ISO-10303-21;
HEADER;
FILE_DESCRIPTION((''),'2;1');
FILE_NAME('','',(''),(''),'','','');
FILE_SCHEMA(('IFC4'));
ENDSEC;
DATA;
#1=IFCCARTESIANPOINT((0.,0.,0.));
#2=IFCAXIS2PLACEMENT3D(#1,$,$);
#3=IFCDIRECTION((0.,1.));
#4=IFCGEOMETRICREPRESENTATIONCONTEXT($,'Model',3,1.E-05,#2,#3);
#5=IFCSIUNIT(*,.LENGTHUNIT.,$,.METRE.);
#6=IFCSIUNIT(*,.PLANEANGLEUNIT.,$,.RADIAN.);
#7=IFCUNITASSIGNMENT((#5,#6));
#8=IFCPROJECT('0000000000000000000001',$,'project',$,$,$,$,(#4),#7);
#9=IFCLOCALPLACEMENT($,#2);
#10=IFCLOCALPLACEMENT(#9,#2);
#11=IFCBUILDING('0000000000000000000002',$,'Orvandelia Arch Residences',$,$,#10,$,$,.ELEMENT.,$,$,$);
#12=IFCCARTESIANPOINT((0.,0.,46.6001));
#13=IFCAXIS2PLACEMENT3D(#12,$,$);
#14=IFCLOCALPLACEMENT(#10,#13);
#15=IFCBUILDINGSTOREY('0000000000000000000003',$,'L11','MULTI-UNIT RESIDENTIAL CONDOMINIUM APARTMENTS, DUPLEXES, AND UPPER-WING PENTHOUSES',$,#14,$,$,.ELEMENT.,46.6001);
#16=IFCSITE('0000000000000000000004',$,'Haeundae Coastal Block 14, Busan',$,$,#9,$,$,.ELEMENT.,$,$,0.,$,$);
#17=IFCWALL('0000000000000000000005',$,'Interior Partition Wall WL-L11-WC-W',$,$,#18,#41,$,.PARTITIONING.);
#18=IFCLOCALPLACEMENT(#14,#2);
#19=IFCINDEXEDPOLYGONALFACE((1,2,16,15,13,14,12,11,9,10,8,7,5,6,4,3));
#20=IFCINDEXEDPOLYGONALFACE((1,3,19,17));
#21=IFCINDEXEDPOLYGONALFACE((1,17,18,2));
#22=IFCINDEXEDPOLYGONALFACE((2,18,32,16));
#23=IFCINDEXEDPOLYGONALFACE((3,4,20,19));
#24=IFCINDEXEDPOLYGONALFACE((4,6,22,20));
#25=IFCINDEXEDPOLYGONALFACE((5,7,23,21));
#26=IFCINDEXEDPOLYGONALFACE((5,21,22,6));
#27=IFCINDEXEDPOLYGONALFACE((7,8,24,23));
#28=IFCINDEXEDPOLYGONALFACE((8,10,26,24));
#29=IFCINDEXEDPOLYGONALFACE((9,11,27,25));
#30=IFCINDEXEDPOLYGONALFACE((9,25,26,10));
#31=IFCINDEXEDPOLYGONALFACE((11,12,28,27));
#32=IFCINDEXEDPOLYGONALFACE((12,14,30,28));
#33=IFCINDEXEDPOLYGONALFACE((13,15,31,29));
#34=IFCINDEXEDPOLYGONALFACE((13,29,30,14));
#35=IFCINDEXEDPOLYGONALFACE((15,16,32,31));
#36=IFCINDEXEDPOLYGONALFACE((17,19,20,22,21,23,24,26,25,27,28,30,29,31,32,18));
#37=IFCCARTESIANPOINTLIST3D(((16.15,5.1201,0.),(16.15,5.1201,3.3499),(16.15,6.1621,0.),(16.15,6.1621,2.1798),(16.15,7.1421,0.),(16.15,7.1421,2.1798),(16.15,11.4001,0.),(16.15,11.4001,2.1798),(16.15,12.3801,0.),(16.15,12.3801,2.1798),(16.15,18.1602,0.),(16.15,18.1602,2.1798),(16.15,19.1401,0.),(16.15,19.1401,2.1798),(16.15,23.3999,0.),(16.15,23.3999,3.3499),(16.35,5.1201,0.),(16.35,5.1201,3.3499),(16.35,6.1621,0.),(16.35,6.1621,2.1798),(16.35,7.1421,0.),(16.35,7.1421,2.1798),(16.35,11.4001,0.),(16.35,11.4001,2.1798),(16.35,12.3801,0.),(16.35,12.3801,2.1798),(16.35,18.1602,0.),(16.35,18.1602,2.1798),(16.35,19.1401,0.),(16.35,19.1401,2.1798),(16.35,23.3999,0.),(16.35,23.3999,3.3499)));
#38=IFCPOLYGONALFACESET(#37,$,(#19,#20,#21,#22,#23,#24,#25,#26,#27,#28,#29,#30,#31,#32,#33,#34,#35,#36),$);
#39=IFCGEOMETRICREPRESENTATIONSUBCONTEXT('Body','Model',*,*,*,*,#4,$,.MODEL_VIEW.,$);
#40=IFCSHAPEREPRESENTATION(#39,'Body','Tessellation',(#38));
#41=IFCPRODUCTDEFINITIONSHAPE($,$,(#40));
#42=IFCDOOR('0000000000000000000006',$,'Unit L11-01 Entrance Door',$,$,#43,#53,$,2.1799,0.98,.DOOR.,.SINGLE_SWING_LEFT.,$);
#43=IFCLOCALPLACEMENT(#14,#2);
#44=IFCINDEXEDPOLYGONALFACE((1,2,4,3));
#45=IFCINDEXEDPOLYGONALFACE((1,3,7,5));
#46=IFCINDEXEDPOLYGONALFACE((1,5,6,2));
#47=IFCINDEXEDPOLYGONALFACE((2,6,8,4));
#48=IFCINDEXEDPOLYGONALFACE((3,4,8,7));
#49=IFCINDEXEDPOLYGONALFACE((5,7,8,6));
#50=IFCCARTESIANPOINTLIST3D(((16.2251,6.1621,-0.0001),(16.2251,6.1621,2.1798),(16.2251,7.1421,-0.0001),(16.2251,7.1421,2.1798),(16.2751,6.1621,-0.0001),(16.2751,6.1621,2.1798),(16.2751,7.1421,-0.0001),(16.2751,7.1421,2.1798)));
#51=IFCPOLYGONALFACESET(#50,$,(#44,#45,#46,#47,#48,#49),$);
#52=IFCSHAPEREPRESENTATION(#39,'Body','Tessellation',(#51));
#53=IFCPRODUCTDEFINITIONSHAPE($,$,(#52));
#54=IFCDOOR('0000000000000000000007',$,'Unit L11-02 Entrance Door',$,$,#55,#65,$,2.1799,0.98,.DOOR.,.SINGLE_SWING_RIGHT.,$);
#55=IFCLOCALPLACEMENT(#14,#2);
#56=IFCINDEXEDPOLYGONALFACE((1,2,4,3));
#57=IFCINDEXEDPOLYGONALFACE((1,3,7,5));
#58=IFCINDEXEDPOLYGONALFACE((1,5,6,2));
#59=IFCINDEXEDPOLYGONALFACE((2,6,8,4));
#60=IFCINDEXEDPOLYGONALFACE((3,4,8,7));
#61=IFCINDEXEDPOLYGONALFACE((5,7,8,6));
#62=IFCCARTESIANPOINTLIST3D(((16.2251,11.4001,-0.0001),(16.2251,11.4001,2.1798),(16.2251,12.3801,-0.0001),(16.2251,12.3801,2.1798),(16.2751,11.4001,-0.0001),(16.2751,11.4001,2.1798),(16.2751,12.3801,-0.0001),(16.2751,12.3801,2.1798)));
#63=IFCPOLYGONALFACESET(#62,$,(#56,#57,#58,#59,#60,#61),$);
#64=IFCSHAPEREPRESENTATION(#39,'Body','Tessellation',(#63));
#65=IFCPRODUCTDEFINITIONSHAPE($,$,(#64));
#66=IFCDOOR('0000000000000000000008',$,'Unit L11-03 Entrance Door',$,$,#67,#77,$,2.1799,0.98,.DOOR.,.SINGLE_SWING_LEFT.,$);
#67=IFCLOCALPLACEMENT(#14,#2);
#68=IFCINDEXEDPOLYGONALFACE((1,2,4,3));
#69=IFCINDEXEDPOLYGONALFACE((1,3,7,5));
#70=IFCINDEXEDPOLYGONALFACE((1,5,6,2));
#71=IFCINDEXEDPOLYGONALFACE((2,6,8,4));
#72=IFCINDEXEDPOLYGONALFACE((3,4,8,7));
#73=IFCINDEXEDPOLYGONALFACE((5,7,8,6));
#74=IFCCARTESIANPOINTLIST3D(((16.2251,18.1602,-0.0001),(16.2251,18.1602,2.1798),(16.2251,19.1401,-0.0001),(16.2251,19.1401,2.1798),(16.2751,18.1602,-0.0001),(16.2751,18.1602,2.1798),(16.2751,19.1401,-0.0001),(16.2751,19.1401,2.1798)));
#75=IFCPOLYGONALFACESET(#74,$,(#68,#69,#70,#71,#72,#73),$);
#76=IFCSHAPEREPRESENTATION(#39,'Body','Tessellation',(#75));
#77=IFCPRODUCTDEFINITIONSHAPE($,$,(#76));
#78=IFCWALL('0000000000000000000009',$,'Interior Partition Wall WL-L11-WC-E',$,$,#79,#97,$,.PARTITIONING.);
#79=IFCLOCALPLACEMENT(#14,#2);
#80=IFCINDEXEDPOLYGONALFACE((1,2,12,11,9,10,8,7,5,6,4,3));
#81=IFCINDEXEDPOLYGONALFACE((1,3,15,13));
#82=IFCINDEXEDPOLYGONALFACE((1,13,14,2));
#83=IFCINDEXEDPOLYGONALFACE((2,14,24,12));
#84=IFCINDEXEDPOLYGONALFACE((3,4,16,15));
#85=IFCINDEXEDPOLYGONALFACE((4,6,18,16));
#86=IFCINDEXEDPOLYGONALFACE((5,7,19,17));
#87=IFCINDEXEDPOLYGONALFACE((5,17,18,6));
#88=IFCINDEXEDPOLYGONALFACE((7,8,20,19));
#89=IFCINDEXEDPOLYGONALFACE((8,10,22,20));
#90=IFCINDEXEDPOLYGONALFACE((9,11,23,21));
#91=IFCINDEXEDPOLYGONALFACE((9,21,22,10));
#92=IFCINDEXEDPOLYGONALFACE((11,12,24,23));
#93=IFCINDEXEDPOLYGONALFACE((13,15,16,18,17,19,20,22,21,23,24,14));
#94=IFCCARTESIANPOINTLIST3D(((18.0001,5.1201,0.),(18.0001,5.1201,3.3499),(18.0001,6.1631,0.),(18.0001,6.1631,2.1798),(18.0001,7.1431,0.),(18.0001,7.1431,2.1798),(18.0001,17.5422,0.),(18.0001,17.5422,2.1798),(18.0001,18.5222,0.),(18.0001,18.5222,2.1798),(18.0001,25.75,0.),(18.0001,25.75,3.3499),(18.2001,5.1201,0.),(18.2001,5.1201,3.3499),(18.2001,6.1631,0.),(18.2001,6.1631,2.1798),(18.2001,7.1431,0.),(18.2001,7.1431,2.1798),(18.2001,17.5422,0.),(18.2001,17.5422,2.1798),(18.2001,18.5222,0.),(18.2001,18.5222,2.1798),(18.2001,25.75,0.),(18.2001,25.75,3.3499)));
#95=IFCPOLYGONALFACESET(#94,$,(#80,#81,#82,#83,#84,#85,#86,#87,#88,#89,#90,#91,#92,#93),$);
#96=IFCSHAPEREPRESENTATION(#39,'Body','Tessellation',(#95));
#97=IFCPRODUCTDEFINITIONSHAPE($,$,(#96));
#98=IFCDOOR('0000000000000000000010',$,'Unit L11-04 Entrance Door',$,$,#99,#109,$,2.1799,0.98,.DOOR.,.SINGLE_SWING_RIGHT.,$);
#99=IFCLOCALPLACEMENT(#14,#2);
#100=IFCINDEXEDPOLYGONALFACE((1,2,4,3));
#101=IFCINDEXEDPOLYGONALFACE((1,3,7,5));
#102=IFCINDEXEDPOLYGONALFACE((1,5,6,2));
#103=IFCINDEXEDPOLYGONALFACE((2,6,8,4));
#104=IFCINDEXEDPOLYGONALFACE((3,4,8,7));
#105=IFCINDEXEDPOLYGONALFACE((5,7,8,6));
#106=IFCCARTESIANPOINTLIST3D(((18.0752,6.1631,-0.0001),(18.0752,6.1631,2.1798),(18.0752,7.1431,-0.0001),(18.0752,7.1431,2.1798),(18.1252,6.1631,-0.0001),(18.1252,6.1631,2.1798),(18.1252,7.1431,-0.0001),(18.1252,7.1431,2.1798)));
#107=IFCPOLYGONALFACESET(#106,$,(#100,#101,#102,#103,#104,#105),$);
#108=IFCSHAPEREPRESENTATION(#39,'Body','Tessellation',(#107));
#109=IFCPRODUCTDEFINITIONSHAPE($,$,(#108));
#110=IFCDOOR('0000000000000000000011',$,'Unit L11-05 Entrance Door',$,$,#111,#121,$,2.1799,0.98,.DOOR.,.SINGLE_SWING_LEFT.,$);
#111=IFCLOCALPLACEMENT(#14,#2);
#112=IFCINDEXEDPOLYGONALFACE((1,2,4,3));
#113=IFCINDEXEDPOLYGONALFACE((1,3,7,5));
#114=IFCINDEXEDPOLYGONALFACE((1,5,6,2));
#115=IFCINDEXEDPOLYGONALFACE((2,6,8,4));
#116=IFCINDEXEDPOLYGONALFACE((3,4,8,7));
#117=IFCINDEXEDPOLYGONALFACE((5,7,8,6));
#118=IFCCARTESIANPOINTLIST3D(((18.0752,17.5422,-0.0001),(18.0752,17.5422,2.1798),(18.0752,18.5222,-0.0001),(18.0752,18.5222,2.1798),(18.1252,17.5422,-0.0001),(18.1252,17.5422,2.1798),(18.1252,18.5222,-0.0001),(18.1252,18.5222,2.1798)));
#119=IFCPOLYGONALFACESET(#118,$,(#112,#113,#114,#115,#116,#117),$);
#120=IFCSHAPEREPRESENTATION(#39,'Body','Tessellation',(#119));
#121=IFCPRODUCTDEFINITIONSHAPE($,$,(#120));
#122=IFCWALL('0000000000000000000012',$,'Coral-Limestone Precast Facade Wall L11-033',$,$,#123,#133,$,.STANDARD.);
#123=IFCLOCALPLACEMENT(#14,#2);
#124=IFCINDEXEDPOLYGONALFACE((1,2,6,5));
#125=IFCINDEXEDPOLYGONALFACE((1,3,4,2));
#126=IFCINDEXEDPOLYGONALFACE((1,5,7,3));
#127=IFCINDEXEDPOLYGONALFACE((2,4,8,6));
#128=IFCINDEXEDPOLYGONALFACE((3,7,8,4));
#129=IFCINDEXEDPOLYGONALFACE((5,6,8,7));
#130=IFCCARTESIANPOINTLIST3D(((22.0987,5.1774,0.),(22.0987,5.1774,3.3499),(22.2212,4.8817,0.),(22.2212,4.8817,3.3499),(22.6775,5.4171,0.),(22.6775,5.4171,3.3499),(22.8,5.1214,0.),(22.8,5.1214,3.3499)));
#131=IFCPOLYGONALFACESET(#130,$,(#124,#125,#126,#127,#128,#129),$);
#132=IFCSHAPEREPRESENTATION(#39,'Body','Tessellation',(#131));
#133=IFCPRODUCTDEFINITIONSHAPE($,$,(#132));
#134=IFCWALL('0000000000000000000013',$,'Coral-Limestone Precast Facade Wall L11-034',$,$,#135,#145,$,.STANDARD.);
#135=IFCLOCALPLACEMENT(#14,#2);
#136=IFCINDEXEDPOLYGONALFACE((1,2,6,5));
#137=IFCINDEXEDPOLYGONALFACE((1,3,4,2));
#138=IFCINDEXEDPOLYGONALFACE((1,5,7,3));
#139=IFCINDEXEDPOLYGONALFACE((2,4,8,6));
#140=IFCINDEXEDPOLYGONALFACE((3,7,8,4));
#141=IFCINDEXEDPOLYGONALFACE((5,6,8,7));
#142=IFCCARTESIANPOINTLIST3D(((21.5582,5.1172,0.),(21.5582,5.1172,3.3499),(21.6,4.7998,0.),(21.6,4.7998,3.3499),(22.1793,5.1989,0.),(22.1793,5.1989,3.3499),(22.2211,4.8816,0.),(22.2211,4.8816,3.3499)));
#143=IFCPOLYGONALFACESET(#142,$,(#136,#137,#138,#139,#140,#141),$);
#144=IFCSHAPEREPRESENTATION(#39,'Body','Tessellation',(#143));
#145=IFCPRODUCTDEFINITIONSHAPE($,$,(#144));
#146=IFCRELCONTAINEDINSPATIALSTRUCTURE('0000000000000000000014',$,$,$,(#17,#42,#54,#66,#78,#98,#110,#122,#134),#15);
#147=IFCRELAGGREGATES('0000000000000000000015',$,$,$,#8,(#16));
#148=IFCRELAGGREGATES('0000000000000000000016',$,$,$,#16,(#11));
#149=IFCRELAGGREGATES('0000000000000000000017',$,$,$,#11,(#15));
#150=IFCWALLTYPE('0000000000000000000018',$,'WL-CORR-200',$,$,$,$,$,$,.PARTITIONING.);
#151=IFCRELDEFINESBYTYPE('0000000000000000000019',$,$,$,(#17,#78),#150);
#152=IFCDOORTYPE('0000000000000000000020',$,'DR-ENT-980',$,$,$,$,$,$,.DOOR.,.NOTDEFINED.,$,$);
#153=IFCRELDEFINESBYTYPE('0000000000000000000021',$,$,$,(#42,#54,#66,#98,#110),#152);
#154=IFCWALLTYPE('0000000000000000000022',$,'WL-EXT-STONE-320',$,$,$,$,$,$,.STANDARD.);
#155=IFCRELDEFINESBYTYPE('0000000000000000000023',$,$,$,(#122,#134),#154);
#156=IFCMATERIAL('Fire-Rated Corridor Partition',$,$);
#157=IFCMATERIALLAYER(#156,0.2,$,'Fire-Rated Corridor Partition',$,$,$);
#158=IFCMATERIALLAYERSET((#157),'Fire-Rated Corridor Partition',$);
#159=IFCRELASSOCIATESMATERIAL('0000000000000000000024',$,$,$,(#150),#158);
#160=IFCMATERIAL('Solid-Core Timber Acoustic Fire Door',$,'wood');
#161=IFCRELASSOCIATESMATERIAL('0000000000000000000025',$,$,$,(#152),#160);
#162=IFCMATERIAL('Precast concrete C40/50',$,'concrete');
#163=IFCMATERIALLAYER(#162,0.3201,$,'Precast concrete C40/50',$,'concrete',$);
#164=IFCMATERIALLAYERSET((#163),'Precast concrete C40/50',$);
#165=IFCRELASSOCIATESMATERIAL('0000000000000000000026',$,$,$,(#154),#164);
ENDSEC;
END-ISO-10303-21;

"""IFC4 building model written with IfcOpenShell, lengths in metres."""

from ifc_helpers import new_model, si_unit, direction, frame, frame_2d, origin, place, context, subcontext, project, spatial, rectangle, extrude, material, layer, layer_set, type_object, element, fill, save


model = new_model("IFC4")

# Units and contexts
model_context = context("Model", 3, precision=1e-05, world=origin(), true_north=direction((0.0, 1.0)))
body_context = subcontext(model_context, "Body", "Model", "MODEL_VIEW")
ifc_project = project(units=[si_unit("LENGTHUNIT", "METRE"), si_unit("PLANEANGLEUNIT", "RADIAN")], contexts=[model_context])

# Site, building, storey
site_placement = place(None, origin())
site = spatial("IfcSite", under=ifc_project, at=site_placement, Name="Haeundae Coastal Block 14, Busan", CompositionType="ELEMENT", RefElevation=0.0)
building_placement = place(site_placement, origin())
building = spatial("IfcBuilding", under=site, at=building_placement, Name="Orvandelia Arch Residences", CompositionType="ELEMENT")
storey_placement = place(building_placement, frame((0.0, 0.0, 46.6001)))
storey = spatial("IfcBuildingStorey", under=building, at=storey_placement, Name="L11", Description="MULTI-UNIT RESIDENTIAL CONDOMINIUM APARTMENTS, DUPLEXES, AND UPPER-WING PENTHOUSES", CompositionType="ELEMENT", Elevation=46.6001)

# Walls, openings, doors
ifc_material_1 = material(Name="Fire-Rated Corridor Partition")
ifc_layer_1 = layer(ifc_material_1, 0.2, Name="Fire-Rated Corridor Partition")
ifc_layer_set_1 = layer_set([ifc_layer_1], Name="Fire-Rated Corridor Partition")
wall_type_1 = type_object("IfcWallType", Name="WL-CORR-200", PredefinedType="PARTITIONING", material=ifc_layer_set_1)
wall_1_placement = place(storey_placement, frame((16.25, 5.1201, 0.0), z_axis=(0.0, 0.0, 1.0), x_axis=(0.0, 1.0, 0.0)))
wall_1 = element("IfcWall", 1, at=wall_1_placement, inside=storey, type_object=wall_type_1, Name="Interior Partition Wall WL-L11-WC-W", PredefinedType="PARTITIONING", context=body_context, shape_type="SweptSolid", body=[
    extrude(rectangle(XDim=18.2798, YDim=0.2, at=frame_2d((9.1399, 0.0))), origin(), (0.0, 0.0, 1.0), 3.3499),
])
opening_1_placement = place(wall_1_placement, frame((1.042, 0.0, 0.0)))
opening_1 = element("IfcOpeningElement", 2, at=opening_1_placement, cuts=wall_1, PredefinedType="OPENING", context=body_context, shape_type="SweptSolid", body=[
    extrude(rectangle(XDim=0.98, YDim=2.1799, at=frame_2d((0.49, 1.0898))), frame((0.0, 0.1099, 0.0), z_axis=(0.0, -1.0, 0.0), x_axis=(1.0, 0.0, 0.0)), (0.0, 0.0, 1.0), 0.22),
])
opening_2_placement = place(wall_1_placement, frame((6.28, 0.0, 0.0)))
opening_2 = element("IfcOpeningElement", 3, at=opening_2_placement, cuts=wall_1, PredefinedType="OPENING", context=body_context, shape_type="SweptSolid", body=[
    extrude(rectangle(XDim=0.98, YDim=2.1799, at=frame_2d((0.49, 1.0898))), frame((0.0, 0.1099, 0.0), z_axis=(0.0, -1.0, 0.0), x_axis=(1.0, 0.0, 0.0)), (0.0, 0.0, 1.0), 0.22),
])
opening_3_placement = place(wall_1_placement, frame((13.04, 0.0, 0.0)))
opening_3 = element("IfcOpeningElement", 4, at=opening_3_placement, cuts=wall_1, PredefinedType="OPENING", context=body_context, shape_type="SweptSolid", body=[
    extrude(rectangle(XDim=0.98, YDim=2.1799, at=frame_2d((0.49, 1.0898))), frame((0.0, 0.1099, 0.0), z_axis=(0.0, -1.0, 0.0), x_axis=(1.0, 0.0, 0.0)), (0.0, 0.0, 1.0), 0.22),
])
ifc_material_2 = material(Name="Solid-Core Timber Acoustic Fire Door", Category="wood")
door_type_1 = type_object("IfcDoorType", Name="DR-ENT-980", OperationType="NOTDEFINED", PredefinedType="DOOR", material=ifc_material_2)
door_1_placement = place(opening_1_placement, origin())
door_1 = element("IfcDoor", 5, at=door_1_placement, inside=storey, type_object=door_type_1, Name="Unit L11-01 Entrance Door", OperationType="SINGLE_SWING_LEFT", OverallHeight=2.1799, OverallWidth=0.98, PredefinedType="DOOR", context=body_context, shape_type="SweptSolid", body=[
    extrude(rectangle(XDim=0.98, YDim=2.1799, at=frame_2d((0.49, 1.0898))), frame((0.0, 0.0249, 0.0), z_axis=(0.0, -1.0, 0.0), x_axis=(1.0, 0.0, 0.0)), (0.0, 0.0, 1.0), 0.05),
])
fill(opening_1, door_1)
door_2_placement = place(opening_2_placement, origin())
door_2 = element("IfcDoor", 6, at=door_2_placement, inside=storey, type_object=door_type_1, Name="Unit L11-02 Entrance Door", OperationType="SINGLE_SWING_RIGHT", OverallHeight=2.1799, OverallWidth=0.98, PredefinedType="DOOR", context=body_context, shape_type="SweptSolid", body=[
    extrude(rectangle(XDim=0.98, YDim=2.1799, at=frame_2d((0.49, 1.0898))), frame((0.0, 0.0249, 0.0), z_axis=(0.0, -1.0, 0.0), x_axis=(1.0, 0.0, 0.0)), (0.0, 0.0, 1.0), 0.05),
])
fill(opening_2, door_2)
door_3_placement = place(opening_3_placement, origin())
door_3 = element("IfcDoor", 7, at=door_3_placement, inside=storey, type_object=door_type_1, Name="Unit L11-03 Entrance Door", OperationType="SINGLE_SWING_LEFT", OverallHeight=2.1799, OverallWidth=0.98, PredefinedType="DOOR", context=body_context, shape_type="SweptSolid", body=[
    extrude(rectangle(XDim=0.98, YDim=2.1799, at=frame_2d((0.49, 1.0898))), frame((0.0, 0.0249, 0.0), z_axis=(0.0, -1.0, 0.0), x_axis=(1.0, 0.0, 0.0)), (0.0, 0.0, 1.0), 0.05),
])
fill(opening_3, door_3)
wall_2_placement = place(storey_placement, frame((18.1001, 5.1201, 0.0), z_axis=(0.0, 0.0, 1.0), x_axis=(0.0, 1.0, 0.0)))
wall_2 = element("IfcWall", 8, at=wall_2_placement, inside=storey, type_object=wall_type_1, Name="Interior Partition Wall WL-L11-WC-E", PredefinedType="PARTITIONING", context=body_context, shape_type="SweptSolid", body=[
    extrude(rectangle(XDim=20.6299, YDim=0.2, at=frame_2d((10.3149, 0.0))), origin(), (0.0, 0.0, 1.0), 3.3499),
])
opening_4_placement = place(wall_2_placement, frame((1.043, 0.0, 0.0)))
opening_4 = element("IfcOpeningElement", 9, at=opening_4_placement, cuts=wall_2, PredefinedType="OPENING", context=body_context, shape_type="SweptSolid", body=[
    extrude(rectangle(XDim=0.98, YDim=2.1799, at=frame_2d((0.49, 1.0898))), frame((0.0, 0.1099, 0.0), z_axis=(0.0, -1.0, 0.0), x_axis=(1.0, 0.0, 0.0)), (0.0, 0.0, 1.0), 0.22),
])
opening_5_placement = place(wall_2_placement, frame((12.4221, 0.0, 0.0)))
opening_5 = element("IfcOpeningElement", 10, at=opening_5_placement, cuts=wall_2, PredefinedType="OPENING", context=body_context, shape_type="SweptSolid", body=[
    extrude(rectangle(XDim=0.98, YDim=2.1799, at=frame_2d((0.49, 1.0898))), frame((0.0, 0.1099, 0.0), z_axis=(0.0, -1.0, 0.0), x_axis=(1.0, 0.0, 0.0)), (0.0, 0.0, 1.0), 0.22),
])
door_4_placement = place(opening_4_placement, origin())
door_4 = element("IfcDoor", 11, at=door_4_placement, inside=storey, type_object=door_type_1, Name="Unit L11-04 Entrance Door", OperationType="SINGLE_SWING_RIGHT", OverallHeight=2.1799, OverallWidth=0.98, PredefinedType="DOOR", context=body_context, shape_type="SweptSolid", body=[
    extrude(rectangle(XDim=0.98, YDim=2.1799, at=frame_2d((0.49, 1.0898))), frame((0.0, 0.0249, 0.0), z_axis=(0.0, -1.0, 0.0), x_axis=(1.0, 0.0, 0.0)), (0.0, 0.0, 1.0), 0.05),
])
fill(opening_4, door_4)
door_5_placement = place(opening_5_placement, origin())
door_5 = element("IfcDoor", 12, at=door_5_placement, inside=storey, type_object=door_type_1, Name="Unit L11-05 Entrance Door", OperationType="SINGLE_SWING_LEFT", OverallHeight=2.1799, OverallWidth=0.98, PredefinedType="DOOR", context=body_context, shape_type="SweptSolid", body=[
    extrude(rectangle(XDim=0.98, YDim=2.1799, at=frame_2d((0.49, 1.0898))), frame((0.0, 0.0249, 0.0), z_axis=(0.0, -1.0, 0.0), x_axis=(1.0, 0.0, 0.0)), (0.0, 0.0, 1.0), 0.05),
])
fill(opening_5, door_5)

# Walls
ifc_material_3 = material(Name="Precast concrete C40/50", Category="concrete")
ifc_layer_2 = layer(ifc_material_3, 0.3201, Name="Precast concrete C40/50", Category="concrete")
ifc_layer_set_2 = layer_set([ifc_layer_2], Name="Precast concrete C40/50")
wall_type_2 = type_object("IfcWallType", Name="WL-EXT-STONE-320", PredefinedType="STANDARD", material=ifc_layer_set_2)
for number, where, z_axis, x_axis, name in (
    (13, (22.7388, 5.2693, 0.0), (0.0, 0.0, 1.0), (-0.923893, -0.38265, 0.0), "Coral-Limestone Precast Facade Wall L11-033"),
    (14, (22.2002, 5.0403, 0.0), (0.0, 0.0, 1.0), (-0.991441, -0.130555, 0.0), "Coral-Limestone Precast Facade Wall L11-034"),
):
    element("IfcWall", number, at=place(storey_placement, frame(where, z_axis=z_axis, x_axis=x_axis)), inside=storey, type_object=wall_type_2, Name=name, PredefinedType="STANDARD", context=body_context, shape_type="SweptSolid", body=[
        extrude(rectangle(XDim=0.6265, YDim=0.3201, at=frame_2d((0.3132, 0.0))), origin(), (0.0, 0.0, 1.0), 3.3499),
    ])

save(model, "model.ifc")
